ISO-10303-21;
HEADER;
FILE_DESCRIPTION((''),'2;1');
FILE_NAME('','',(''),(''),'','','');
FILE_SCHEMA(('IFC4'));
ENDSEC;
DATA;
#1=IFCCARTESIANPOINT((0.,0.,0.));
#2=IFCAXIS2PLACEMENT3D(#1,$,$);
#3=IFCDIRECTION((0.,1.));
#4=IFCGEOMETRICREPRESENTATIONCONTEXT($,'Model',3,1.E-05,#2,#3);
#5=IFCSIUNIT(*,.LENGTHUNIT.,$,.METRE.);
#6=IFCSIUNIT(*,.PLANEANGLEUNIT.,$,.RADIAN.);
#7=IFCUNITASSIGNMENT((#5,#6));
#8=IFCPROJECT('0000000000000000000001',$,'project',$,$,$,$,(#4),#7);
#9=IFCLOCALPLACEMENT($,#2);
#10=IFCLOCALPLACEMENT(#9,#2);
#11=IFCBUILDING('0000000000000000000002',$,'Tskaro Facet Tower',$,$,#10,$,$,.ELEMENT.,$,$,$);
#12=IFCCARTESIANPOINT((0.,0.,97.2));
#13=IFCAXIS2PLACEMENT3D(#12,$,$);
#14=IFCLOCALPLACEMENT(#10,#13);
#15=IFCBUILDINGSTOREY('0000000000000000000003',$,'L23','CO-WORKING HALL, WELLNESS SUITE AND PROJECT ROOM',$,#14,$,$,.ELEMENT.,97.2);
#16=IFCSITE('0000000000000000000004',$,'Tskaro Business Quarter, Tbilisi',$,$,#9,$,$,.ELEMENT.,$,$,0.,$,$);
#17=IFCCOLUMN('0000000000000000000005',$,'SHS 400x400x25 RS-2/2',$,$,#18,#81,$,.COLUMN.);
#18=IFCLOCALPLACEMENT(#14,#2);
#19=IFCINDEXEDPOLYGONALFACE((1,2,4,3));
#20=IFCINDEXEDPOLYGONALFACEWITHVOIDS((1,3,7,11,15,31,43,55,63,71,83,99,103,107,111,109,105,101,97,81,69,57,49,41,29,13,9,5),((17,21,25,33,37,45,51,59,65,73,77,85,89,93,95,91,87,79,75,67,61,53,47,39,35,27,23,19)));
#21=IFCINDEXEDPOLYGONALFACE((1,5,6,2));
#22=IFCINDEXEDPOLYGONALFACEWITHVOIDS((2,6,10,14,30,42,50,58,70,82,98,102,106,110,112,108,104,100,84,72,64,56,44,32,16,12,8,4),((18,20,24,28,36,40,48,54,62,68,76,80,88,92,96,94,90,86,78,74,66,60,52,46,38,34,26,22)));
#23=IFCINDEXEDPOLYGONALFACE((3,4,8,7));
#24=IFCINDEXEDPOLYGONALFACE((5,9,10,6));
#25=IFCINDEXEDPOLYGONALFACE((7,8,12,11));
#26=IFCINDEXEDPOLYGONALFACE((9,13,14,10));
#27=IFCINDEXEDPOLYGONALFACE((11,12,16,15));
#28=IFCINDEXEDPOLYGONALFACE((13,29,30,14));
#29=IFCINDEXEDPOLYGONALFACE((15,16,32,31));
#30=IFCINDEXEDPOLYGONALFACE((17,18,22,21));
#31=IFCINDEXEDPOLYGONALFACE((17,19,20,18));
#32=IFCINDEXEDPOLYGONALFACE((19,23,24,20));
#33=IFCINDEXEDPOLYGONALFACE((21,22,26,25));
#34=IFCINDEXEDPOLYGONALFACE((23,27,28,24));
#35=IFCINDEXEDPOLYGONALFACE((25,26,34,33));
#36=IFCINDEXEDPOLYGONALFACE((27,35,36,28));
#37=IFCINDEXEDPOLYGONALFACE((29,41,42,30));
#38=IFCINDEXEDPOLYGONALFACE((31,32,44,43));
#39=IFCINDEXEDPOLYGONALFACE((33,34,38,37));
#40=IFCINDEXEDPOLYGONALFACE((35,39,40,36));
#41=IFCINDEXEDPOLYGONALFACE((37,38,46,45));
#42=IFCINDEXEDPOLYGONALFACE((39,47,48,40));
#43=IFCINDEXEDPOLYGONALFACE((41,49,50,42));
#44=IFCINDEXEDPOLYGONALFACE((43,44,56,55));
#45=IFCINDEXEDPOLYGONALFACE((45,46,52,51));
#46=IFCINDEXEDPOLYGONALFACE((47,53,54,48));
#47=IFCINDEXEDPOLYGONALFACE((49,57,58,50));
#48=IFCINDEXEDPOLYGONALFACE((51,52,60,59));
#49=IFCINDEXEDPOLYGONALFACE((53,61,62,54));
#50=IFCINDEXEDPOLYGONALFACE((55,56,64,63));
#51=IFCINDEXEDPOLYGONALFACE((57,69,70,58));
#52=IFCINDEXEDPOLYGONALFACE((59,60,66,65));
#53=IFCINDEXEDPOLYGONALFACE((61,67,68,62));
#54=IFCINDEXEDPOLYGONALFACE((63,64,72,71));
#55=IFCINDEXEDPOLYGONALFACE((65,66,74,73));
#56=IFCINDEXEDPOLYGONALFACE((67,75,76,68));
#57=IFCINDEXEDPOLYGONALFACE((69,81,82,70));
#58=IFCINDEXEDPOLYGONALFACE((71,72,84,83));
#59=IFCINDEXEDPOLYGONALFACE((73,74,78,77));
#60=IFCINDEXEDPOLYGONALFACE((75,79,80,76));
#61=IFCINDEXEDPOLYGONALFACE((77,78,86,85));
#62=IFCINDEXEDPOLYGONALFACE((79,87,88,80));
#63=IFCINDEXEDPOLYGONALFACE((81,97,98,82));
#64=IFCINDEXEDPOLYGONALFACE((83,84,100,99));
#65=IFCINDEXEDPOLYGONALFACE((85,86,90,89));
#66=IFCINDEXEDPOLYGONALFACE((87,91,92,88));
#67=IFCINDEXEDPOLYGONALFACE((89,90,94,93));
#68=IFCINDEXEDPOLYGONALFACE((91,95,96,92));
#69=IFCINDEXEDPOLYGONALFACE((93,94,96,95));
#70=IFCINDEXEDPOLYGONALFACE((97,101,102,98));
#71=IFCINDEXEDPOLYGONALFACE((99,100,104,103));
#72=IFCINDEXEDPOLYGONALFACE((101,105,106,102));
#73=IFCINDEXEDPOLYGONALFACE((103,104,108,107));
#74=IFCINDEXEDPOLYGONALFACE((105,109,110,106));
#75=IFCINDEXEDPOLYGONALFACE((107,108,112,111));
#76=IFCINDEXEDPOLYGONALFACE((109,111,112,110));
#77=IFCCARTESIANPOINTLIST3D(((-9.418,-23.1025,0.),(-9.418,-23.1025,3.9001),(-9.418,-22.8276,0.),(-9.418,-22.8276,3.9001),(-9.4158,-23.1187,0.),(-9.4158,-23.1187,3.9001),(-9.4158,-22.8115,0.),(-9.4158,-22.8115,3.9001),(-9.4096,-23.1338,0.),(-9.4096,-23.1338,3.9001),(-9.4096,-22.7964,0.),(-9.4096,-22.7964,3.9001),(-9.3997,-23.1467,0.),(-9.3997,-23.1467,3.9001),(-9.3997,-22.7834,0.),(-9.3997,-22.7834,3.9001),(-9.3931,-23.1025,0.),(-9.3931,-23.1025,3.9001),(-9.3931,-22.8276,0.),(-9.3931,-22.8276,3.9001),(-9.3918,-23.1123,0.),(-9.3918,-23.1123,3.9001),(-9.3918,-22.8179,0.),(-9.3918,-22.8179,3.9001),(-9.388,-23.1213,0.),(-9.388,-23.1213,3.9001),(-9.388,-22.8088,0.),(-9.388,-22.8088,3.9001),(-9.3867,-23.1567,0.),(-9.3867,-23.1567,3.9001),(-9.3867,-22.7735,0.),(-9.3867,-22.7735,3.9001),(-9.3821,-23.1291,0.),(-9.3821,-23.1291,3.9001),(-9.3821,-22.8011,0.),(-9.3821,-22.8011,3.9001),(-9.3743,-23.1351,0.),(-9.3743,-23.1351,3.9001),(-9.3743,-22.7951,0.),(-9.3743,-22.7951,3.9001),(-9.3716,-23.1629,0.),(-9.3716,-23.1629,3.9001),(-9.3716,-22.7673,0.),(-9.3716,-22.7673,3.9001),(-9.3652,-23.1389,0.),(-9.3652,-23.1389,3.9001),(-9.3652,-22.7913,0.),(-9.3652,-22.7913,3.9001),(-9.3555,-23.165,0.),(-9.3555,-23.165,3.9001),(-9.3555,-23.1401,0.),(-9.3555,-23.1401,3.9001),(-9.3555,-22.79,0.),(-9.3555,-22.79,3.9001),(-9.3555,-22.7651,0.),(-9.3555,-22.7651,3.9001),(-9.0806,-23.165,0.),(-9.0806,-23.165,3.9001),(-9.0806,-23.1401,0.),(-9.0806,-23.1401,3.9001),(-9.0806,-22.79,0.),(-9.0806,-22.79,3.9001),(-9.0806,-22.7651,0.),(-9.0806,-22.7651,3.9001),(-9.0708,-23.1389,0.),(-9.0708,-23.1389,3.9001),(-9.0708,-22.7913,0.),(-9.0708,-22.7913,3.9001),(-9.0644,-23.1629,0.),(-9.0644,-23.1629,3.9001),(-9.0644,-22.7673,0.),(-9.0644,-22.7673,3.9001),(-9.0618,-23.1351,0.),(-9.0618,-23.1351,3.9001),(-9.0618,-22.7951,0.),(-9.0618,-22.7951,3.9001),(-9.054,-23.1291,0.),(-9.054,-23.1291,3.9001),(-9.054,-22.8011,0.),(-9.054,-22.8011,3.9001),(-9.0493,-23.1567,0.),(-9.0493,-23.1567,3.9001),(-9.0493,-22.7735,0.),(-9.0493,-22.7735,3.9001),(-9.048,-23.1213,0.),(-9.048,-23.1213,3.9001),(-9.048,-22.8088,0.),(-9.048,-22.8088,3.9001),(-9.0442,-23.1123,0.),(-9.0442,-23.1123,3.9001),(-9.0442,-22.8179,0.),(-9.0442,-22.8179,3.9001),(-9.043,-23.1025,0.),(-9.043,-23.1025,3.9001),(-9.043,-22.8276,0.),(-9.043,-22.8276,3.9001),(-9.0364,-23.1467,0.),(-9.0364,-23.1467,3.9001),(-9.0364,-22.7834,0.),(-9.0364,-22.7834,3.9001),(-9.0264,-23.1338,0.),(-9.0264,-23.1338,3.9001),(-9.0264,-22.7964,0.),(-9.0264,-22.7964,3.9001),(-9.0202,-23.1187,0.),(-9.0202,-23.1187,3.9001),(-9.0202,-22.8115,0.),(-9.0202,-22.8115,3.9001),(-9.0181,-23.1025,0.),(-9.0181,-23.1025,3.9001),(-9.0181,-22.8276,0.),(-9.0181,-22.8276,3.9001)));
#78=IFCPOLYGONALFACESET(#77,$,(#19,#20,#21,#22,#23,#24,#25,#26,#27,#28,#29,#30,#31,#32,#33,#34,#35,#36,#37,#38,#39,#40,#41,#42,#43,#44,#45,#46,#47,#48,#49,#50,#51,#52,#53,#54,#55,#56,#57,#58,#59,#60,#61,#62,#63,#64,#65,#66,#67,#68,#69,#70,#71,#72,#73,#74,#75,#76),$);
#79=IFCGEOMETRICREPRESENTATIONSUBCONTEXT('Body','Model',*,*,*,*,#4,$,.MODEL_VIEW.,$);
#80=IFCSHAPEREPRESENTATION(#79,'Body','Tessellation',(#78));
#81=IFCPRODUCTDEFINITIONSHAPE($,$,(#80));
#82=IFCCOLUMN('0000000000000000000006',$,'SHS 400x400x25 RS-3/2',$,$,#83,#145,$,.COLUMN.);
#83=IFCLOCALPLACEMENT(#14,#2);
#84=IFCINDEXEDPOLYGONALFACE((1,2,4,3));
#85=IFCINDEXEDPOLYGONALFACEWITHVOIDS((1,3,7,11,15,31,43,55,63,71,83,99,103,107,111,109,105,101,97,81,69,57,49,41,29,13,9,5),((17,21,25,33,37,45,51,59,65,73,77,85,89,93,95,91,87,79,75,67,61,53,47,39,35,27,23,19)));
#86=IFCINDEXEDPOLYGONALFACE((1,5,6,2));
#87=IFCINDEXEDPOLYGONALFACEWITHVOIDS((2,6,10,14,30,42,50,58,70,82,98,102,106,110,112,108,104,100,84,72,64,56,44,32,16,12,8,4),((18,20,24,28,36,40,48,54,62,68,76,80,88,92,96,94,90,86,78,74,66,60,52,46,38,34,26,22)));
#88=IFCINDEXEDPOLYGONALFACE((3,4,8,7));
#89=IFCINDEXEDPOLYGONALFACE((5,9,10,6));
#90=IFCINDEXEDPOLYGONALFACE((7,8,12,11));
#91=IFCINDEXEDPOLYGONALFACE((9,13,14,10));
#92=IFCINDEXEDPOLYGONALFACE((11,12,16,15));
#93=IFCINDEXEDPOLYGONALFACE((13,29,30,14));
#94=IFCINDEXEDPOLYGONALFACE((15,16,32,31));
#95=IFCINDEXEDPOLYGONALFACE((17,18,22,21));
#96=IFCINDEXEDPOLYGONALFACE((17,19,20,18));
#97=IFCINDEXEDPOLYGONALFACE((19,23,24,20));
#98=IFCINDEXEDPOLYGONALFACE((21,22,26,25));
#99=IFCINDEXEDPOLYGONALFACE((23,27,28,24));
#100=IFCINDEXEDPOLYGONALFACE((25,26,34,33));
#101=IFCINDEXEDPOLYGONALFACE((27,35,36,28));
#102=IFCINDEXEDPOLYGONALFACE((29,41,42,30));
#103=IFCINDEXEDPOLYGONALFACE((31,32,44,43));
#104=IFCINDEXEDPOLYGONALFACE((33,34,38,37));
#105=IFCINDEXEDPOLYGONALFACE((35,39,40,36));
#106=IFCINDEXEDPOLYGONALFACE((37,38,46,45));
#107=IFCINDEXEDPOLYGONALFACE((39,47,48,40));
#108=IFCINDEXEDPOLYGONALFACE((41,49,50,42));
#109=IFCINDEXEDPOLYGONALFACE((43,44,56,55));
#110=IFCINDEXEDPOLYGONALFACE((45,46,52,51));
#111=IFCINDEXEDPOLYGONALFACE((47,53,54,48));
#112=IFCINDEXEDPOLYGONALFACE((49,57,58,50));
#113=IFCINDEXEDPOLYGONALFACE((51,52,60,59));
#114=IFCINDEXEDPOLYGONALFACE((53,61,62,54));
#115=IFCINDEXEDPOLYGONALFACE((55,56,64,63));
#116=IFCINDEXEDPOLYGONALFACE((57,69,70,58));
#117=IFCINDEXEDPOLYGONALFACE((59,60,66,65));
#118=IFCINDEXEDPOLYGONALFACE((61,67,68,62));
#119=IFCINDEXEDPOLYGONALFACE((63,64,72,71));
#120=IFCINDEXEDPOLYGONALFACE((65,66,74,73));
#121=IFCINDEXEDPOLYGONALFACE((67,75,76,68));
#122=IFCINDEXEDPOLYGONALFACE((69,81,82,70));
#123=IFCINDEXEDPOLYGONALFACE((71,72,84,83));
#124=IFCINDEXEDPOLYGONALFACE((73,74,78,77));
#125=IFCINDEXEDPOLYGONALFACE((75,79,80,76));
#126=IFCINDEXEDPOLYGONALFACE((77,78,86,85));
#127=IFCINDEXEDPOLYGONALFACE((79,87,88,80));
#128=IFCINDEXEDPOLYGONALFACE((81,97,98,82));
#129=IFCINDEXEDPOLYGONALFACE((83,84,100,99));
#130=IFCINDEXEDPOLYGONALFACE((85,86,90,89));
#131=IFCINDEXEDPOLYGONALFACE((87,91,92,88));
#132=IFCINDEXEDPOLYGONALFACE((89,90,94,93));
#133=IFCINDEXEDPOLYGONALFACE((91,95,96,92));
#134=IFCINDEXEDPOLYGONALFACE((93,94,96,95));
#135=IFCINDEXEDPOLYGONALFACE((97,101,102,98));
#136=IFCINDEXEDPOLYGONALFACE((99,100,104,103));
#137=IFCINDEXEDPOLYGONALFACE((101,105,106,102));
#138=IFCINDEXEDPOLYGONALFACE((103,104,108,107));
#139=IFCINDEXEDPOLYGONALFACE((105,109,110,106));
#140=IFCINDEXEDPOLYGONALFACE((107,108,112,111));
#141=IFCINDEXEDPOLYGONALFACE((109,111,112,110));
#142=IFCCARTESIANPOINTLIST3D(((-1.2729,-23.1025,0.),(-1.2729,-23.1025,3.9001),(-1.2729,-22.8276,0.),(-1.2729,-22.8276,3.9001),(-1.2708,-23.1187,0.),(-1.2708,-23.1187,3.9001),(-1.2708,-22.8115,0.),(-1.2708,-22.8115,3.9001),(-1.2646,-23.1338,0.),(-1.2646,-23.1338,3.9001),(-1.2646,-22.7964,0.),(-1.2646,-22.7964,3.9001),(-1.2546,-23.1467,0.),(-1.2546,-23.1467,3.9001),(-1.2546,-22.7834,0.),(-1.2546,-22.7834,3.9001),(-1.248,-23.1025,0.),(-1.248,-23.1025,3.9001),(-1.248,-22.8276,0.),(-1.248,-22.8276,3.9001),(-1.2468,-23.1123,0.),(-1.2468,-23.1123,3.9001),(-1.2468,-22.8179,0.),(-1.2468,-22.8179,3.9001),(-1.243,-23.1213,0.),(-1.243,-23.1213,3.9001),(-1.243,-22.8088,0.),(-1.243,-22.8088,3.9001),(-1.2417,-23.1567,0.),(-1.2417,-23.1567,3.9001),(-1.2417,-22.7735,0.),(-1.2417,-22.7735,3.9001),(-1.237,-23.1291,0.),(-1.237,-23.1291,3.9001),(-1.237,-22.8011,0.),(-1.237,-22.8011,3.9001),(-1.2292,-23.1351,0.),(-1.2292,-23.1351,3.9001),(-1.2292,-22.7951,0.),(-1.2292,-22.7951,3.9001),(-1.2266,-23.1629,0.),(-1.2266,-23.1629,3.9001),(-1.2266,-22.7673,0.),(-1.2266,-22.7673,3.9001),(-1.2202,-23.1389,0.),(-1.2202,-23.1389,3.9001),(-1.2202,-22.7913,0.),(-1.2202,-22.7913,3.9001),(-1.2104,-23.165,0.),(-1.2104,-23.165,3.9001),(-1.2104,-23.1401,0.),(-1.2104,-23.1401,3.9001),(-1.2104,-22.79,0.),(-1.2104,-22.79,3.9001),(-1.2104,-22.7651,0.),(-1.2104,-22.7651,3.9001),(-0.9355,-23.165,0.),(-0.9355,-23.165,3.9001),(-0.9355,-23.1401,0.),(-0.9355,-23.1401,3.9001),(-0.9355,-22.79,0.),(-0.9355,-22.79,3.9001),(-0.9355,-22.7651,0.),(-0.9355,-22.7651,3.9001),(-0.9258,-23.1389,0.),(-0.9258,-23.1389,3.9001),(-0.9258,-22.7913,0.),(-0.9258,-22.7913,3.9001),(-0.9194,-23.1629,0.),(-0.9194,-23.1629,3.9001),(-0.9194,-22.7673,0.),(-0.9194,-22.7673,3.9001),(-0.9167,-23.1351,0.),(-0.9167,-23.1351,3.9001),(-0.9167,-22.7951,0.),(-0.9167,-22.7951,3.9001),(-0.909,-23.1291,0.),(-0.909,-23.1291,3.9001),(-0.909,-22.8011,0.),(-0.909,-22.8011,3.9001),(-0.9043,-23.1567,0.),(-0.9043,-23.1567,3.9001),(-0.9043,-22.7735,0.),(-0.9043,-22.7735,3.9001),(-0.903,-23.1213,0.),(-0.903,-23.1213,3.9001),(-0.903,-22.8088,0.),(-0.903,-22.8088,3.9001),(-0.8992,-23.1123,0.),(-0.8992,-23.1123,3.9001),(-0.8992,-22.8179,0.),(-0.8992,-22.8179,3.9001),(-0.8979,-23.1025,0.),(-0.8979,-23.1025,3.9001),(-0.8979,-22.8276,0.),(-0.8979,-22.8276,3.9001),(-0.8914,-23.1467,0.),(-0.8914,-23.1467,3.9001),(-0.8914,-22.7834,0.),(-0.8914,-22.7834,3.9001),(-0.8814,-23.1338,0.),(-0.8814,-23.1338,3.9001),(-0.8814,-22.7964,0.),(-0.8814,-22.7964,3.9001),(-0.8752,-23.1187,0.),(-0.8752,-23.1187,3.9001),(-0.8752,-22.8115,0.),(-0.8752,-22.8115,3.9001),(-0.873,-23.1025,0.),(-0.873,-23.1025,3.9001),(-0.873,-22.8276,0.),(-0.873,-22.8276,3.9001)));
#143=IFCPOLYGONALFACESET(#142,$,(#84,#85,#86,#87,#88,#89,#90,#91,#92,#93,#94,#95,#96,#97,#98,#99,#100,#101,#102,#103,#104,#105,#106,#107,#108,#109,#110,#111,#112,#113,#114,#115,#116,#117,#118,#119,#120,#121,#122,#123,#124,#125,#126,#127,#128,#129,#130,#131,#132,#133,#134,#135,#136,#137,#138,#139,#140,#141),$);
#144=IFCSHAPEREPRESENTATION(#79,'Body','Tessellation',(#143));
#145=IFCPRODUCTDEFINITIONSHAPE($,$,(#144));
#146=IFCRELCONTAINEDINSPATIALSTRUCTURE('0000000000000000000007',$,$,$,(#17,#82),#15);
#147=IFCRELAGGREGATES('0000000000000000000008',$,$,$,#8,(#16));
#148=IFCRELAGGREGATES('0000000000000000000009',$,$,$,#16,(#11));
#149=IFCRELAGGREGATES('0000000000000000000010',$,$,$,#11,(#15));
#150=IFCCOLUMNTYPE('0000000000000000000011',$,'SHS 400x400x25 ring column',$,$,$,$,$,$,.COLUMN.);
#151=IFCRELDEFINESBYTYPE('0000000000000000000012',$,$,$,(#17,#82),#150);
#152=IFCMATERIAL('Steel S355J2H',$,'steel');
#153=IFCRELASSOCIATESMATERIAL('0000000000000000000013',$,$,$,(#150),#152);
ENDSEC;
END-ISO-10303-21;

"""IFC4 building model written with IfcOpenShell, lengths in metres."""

from ifc_helpers import new_model, si_unit, direction, frame, origin, origin_2d, place, context, subcontext, project, spatial, hollow_rectangle, extrude, material, material_profile, profile_set, type_object, element, save


model = new_model("IFC4")

# Units and contexts
model_context = context("Model", 3, precision=1e-05, world=origin(), true_north=direction((0.0, 1.0)))
body_context = subcontext(model_context, "Body", "Model", "MODEL_VIEW")
ifc_project = project(units=[si_unit("LENGTHUNIT", "METRE"), si_unit("PLANEANGLEUNIT", "RADIAN")], contexts=[model_context])

# Site, building, storey
site_placement = place(None, origin())
site = spatial("IfcSite", under=ifc_project, at=site_placement, Name="Tskaro Business Quarter, Tbilisi", CompositionType="ELEMENT", RefElevation=0.0)
building_placement = place(site_placement, origin())
building = spatial("IfcBuilding", under=site, at=building_placement, Name="Tskaro Facet Tower", CompositionType="ELEMENT")
storey_placement = place(building_placement, frame((0.0, 0.0, 97.2)))
storey = spatial("IfcBuildingStorey", under=building, at=storey_placement, Name="L23", Description="CO-WORKING HALL, WELLNESS SUITE AND PROJECT ROOM", CompositionType="ELEMENT", Elevation=97.2)

# Columns
ifc_material_1 = material(Name="Steel S355J2H", Category="steel")
ifc_material_profile_1 = material_profile(ifc_material_1, hollow_rectangle(XDim=0.3999, YDim=0.3999, WallThickness=0.0249, InnerFilletRadius=0.0376, OuterFilletRadius=0.0625, at=origin_2d()), Name="SHS 400x400x25")
ifc_profile_set_1 = profile_set([ifc_material_profile_1], Name="Steel S355J2H")
column_type_1 = type_object("IfcColumnType", Name="SHS 400x400x25 ring column", PredefinedType="COLUMN", material=ifc_profile_set_1)
for number, where, z_axis, x_axis, name in (
    (1, (-9.218, -22.9651, 0.0), (0.0, 0.0, 1.0), (1.0, 0.0, 0.0), "SHS 400x400x25 RS-2/2"),
    (2, (-1.073, -22.9651, 0.0), (0.0, 0.0, 1.0), (1.0, 0.0, 0.0), "SHS 400x400x25 RS-3/2"),
):
    element("IfcColumn", number, at=place(storey_placement, frame(where, z_axis=z_axis, x_axis=x_axis)), inside=storey, type_object=column_type_1, Name=name, PredefinedType="COLUMN", context=body_context, shape_type="SweptSolid", body=[
        extrude(hollow_rectangle(XDim=0.3999, YDim=0.3999, WallThickness=0.0249, InnerFilletRadius=0.0376, OuterFilletRadius=0.0625, at=origin_2d()), origin(), (0.0, 0.0, 1.0), 3.9001),
    ])

save(model, "model.ifc")
